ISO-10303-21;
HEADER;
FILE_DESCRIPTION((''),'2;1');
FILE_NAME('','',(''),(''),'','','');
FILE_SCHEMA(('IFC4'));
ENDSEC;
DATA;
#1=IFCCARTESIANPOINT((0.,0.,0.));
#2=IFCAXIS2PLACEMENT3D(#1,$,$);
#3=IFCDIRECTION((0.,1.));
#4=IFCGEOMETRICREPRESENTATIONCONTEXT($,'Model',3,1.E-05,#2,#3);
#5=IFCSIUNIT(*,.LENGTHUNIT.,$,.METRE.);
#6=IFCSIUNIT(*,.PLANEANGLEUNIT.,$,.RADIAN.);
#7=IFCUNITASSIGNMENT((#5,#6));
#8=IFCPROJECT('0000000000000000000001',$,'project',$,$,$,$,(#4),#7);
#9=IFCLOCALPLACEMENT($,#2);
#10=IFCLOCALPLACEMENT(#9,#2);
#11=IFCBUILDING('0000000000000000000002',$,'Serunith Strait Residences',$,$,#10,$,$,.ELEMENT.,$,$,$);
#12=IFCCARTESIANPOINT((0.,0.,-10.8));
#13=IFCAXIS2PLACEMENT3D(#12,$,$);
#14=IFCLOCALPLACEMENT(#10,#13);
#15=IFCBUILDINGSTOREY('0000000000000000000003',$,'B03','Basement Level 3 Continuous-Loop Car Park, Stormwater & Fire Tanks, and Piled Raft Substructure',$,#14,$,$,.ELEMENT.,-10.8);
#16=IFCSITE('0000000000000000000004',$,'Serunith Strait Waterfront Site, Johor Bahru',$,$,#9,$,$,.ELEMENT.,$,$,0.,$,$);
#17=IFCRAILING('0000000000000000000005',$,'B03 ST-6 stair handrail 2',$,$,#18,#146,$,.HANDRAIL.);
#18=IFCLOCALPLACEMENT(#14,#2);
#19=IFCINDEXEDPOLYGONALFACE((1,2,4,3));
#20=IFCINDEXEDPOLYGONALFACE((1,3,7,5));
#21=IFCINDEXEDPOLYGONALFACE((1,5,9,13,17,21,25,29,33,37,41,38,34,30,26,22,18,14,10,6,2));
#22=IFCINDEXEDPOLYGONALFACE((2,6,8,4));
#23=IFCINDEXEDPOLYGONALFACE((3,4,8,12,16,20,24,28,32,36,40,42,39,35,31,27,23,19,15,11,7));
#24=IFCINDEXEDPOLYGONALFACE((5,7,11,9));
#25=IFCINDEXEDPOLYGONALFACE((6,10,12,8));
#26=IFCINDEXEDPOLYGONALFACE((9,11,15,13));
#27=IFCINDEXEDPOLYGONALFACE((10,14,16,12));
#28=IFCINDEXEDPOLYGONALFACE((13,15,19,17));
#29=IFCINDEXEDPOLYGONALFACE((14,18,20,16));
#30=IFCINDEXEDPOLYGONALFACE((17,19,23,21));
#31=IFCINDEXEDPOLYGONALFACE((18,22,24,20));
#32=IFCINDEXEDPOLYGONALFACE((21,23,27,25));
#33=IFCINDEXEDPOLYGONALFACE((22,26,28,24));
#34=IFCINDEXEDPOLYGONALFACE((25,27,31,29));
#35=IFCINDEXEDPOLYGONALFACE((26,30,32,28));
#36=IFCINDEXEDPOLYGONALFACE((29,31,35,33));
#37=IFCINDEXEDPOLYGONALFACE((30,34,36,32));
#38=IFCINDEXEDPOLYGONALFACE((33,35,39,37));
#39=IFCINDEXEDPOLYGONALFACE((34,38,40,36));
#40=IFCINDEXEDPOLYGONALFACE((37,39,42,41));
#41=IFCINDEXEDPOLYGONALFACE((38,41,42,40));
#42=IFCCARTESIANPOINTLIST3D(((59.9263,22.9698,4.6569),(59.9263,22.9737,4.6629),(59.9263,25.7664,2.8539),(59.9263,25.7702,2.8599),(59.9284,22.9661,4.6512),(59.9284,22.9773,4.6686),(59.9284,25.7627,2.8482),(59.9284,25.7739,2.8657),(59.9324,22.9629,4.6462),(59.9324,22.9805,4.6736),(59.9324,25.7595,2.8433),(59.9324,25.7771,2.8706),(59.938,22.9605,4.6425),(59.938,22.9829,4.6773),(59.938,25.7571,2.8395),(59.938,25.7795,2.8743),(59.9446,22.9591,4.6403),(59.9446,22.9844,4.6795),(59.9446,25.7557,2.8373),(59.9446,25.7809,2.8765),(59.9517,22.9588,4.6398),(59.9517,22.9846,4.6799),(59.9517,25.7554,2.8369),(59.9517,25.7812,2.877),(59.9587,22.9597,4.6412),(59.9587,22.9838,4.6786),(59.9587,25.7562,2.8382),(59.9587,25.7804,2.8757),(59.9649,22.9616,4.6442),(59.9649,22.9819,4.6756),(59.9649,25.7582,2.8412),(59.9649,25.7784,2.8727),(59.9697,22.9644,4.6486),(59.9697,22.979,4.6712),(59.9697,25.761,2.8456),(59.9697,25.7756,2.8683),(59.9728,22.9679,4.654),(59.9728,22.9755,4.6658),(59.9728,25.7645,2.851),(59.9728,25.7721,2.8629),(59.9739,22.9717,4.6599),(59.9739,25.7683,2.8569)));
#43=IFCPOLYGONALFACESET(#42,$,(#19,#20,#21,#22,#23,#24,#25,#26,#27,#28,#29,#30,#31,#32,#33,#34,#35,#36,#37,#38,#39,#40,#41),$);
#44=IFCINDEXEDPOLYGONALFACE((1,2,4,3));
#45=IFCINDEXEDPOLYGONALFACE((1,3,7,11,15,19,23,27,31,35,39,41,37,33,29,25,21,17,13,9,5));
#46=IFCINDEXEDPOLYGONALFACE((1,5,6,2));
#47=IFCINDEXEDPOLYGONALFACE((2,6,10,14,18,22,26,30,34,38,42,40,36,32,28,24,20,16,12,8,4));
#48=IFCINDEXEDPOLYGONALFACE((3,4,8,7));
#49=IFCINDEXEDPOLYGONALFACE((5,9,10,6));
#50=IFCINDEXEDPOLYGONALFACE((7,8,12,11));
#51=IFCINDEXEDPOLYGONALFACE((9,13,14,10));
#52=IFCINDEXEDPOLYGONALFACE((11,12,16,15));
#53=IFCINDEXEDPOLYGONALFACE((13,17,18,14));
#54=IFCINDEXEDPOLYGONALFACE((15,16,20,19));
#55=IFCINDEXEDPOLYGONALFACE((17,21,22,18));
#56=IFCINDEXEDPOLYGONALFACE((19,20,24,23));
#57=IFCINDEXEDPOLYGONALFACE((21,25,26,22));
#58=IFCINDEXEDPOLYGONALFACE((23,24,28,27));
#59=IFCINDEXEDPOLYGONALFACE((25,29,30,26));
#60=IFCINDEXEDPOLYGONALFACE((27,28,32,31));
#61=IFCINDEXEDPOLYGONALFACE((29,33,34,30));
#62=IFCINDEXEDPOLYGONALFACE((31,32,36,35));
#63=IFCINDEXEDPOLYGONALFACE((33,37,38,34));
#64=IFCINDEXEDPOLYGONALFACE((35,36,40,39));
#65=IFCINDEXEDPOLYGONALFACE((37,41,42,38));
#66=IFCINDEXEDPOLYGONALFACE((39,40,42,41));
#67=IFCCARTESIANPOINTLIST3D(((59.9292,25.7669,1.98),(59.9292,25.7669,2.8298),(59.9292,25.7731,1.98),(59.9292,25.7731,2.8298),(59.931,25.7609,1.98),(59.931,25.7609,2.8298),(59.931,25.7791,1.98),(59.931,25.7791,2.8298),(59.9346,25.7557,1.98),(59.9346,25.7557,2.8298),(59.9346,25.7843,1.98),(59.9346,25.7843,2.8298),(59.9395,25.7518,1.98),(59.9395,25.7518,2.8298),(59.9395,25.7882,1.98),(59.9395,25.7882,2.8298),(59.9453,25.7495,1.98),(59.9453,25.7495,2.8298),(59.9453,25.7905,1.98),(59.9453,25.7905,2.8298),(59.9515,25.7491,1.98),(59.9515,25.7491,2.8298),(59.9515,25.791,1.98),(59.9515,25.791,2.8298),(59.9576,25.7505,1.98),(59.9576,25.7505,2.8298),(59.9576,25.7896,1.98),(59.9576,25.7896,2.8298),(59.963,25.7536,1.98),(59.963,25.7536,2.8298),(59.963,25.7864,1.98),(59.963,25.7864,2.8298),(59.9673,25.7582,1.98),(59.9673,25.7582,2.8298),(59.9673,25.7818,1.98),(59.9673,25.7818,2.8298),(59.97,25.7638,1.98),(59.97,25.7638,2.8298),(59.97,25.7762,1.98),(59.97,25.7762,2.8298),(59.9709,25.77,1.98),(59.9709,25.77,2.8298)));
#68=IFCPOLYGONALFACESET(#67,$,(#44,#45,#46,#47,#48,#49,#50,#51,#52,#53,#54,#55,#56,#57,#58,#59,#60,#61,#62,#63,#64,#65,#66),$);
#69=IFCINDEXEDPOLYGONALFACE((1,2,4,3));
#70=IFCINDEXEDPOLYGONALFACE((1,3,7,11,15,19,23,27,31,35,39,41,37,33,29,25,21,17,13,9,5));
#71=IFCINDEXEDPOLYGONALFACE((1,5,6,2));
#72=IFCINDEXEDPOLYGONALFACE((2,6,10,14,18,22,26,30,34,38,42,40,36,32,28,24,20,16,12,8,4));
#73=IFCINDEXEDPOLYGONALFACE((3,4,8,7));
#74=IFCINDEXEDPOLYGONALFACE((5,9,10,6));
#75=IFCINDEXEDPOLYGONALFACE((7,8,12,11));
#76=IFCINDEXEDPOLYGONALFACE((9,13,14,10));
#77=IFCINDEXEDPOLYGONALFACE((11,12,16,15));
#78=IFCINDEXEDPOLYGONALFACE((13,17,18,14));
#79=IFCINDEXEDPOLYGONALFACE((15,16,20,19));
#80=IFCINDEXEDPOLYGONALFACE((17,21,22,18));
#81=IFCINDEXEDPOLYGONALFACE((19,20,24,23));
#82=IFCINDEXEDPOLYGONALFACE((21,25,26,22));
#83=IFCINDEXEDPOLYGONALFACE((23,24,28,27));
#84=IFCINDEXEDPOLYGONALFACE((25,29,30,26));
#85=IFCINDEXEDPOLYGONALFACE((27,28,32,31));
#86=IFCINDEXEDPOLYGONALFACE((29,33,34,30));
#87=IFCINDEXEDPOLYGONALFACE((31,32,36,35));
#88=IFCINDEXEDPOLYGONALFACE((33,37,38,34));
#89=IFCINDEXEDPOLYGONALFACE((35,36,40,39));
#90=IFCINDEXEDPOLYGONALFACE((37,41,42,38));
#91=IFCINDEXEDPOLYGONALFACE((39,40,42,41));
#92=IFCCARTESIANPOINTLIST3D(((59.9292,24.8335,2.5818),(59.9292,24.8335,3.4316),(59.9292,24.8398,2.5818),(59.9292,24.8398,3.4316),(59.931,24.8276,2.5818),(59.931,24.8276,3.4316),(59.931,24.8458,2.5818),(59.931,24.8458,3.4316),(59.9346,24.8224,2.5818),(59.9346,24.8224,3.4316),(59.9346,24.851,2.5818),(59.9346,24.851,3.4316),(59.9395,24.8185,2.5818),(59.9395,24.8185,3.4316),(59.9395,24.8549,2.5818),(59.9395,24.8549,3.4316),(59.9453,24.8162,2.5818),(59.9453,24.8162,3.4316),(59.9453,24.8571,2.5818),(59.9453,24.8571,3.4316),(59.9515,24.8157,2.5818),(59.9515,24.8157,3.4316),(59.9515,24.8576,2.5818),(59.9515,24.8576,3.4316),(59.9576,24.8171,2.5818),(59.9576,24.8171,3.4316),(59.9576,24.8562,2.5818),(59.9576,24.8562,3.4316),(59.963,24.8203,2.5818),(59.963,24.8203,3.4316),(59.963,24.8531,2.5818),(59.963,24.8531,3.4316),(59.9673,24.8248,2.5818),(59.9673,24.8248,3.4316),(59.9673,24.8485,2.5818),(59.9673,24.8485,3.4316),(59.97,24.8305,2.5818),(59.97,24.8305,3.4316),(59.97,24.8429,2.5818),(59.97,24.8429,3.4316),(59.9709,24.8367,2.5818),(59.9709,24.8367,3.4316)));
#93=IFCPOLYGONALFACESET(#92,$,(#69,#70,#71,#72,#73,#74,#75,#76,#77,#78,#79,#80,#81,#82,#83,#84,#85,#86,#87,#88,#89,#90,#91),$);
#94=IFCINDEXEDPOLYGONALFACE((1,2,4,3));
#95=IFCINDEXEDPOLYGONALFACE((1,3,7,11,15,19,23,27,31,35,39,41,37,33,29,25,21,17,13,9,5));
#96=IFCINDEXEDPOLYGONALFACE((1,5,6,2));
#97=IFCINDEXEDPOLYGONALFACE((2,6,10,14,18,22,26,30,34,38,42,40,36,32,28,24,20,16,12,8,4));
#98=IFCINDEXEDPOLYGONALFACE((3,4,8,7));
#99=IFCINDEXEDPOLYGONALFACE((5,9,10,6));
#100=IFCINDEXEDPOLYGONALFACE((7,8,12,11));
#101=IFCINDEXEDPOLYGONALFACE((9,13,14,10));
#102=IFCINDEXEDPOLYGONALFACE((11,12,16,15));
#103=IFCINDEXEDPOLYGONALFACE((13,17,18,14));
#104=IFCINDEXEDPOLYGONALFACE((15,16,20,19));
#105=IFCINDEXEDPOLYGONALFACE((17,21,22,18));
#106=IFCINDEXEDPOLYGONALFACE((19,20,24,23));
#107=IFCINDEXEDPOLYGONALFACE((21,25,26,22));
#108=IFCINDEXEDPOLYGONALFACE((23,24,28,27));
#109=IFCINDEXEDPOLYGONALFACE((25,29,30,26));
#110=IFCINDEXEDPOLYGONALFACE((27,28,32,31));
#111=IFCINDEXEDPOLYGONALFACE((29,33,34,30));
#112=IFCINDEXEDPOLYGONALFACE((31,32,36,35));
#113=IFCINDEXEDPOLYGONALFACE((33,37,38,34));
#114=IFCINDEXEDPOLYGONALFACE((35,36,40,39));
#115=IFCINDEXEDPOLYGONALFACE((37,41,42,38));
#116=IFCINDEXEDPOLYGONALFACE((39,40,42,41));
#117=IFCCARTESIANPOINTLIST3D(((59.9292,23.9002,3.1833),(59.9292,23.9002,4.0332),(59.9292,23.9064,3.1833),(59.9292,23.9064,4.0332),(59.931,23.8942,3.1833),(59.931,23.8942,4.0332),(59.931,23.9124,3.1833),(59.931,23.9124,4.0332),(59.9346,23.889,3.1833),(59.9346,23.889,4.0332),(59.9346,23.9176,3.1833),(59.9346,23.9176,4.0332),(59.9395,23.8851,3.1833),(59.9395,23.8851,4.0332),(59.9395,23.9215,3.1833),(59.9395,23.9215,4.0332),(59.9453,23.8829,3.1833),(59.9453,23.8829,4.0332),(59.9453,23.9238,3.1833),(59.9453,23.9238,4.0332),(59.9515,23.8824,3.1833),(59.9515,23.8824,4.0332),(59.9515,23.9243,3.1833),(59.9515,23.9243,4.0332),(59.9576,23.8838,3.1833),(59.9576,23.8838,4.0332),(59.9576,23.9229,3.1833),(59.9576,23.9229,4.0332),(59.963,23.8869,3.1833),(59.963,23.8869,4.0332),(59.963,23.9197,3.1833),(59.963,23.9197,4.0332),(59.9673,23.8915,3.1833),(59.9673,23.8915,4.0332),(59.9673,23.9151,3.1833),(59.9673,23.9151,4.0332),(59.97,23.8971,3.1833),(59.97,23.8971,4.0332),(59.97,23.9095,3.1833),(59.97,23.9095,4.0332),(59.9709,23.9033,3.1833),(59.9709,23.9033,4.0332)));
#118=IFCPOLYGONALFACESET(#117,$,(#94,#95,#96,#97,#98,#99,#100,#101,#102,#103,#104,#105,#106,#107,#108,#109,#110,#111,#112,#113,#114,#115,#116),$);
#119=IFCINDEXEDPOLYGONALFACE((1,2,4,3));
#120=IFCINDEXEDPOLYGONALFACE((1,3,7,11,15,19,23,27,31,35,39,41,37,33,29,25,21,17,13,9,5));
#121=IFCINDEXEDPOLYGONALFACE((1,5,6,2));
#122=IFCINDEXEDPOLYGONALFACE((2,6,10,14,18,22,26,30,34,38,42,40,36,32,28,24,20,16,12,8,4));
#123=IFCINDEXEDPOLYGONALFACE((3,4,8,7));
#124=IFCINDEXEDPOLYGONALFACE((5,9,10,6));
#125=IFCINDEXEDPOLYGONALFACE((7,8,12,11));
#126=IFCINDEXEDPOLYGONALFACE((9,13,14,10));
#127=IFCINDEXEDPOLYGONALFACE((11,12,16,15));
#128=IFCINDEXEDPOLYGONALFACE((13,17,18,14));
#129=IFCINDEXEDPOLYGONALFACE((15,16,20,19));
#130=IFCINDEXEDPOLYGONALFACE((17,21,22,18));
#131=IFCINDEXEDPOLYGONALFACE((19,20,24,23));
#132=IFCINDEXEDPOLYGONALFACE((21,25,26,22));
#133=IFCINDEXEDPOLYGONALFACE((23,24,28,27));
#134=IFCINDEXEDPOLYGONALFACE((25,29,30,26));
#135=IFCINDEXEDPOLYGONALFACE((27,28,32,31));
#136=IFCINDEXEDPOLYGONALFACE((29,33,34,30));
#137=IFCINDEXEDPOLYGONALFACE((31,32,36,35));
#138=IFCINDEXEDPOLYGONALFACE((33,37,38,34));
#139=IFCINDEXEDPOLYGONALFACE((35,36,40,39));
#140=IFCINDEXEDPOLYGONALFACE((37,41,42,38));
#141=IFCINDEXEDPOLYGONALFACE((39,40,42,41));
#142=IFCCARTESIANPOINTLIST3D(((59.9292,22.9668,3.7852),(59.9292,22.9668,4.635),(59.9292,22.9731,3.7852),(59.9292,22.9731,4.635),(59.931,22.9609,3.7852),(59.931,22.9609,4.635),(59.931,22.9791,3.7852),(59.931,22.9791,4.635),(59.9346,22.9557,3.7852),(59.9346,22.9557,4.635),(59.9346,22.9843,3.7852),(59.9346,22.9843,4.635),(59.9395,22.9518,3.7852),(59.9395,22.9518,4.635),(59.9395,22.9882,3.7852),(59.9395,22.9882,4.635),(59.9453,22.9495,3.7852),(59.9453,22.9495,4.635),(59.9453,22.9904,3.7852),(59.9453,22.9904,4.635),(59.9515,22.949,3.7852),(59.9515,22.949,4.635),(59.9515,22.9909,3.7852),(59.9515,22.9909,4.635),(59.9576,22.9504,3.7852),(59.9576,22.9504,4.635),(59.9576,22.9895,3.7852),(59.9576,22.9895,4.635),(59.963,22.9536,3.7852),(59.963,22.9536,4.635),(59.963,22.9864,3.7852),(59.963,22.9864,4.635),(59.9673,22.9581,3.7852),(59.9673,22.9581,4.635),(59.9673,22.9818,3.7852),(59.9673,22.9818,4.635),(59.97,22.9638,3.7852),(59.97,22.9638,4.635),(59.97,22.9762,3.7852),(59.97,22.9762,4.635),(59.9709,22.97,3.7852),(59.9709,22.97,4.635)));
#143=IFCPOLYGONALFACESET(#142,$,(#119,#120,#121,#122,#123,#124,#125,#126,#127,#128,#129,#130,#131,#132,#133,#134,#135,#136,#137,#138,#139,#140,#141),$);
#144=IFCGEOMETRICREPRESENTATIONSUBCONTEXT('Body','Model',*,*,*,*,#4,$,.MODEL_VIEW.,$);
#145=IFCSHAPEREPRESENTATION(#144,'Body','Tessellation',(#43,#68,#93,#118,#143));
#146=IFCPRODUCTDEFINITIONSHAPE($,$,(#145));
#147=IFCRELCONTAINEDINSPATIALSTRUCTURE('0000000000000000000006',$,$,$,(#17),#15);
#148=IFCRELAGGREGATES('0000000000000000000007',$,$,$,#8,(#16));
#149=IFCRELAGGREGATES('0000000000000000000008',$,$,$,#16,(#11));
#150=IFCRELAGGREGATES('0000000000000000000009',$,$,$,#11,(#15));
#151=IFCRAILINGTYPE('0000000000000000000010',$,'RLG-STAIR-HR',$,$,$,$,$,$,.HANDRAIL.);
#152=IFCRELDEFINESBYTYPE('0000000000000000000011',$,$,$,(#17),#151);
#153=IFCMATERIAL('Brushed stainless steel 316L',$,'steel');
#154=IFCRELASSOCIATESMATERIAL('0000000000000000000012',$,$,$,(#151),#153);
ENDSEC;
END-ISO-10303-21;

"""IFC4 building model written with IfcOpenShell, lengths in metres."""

from ifc_helpers import new_model, si_unit, direction, frame, origin, origin_2d, place, context, subcontext, project, spatial, circle, extrude, material, type_object, element, save


model = new_model("IFC4")

# Units and contexts
model_context = context("Model", 3, precision=1e-05, world=origin(), true_north=direction((0.0, 1.0)))
body_context = subcontext(model_context, "Body", "Model", "MODEL_VIEW")
ifc_project = project(units=[si_unit("LENGTHUNIT", "METRE"), si_unit("PLANEANGLEUNIT", "RADIAN")], contexts=[model_context])

# Site, building, storey
site_placement = place(None, origin())
site = spatial("IfcSite", under=ifc_project, at=site_placement, Name="Serunith Strait Waterfront Site, Johor Bahru", CompositionType="ELEMENT", RefElevation=0.0)
building_placement = place(site_placement, origin())
building = spatial("IfcBuilding", under=site, at=building_placement, Name="Serunith Strait Residences", CompositionType="ELEMENT")
storey_placement = place(building_placement, frame((0.0, 0.0, -10.8)))
storey = spatial("IfcBuildingStorey", under=building, at=storey_placement, Name="B03", Description="Basement Level 3 Continuous-Loop Car Park, Stormwater & Fire Tanks, and Piled Raft Substructure", CompositionType="ELEMENT", Elevation=-10.8)

# Railing
ifc_material_1 = material(Name="Brushed stainless steel 316L", Category="steel")
railing_type_1 = type_object("IfcRailingType", Name="RLG-STAIR-HR", PredefinedType="HANDRAIL", material=ifc_material_1)
railing_1_placement = place(storey_placement, frame((59.95, 25.77, 1.98)))
element("IfcRailing", 1, at=railing_1_placement, inside=storey, type_object=railing_type_1, Name="B03 ST-6 stair handrail 2", PredefinedType="HANDRAIL", context=body_context, shape_type="SweptSolid", body=[
    extrude(circle(Radius=0.0239, at=origin_2d()), frame((0.0, -0.0017, 0.877), z_axis=(0.0, -0.840475, 0.54185), x_axis=(1.0, 0.0, 0.0)), (0.0, 0.0, 1.0), 3.3274),
    extrude(circle(Radius=0.021, at=origin_2d()), origin(), (0.0, 0.0, 1.0), 0.8499),
    extrude(circle(Radius=0.021, at=origin_2d()), frame((0.0, -0.9333, 0.6018)), (0.0, 0.0, 1.0), 0.8499),
    extrude(circle(Radius=0.021, at=origin_2d()), frame((0.0, -1.8667, 1.2034)), (0.0, 0.0, 1.0), 0.8499),
    extrude(circle(Radius=0.021, at=origin_2d()), frame((0.0, -2.8, 1.8052)), (0.0, 0.0, 1.0), 0.8499),
])

save(model, "model.ifc")
